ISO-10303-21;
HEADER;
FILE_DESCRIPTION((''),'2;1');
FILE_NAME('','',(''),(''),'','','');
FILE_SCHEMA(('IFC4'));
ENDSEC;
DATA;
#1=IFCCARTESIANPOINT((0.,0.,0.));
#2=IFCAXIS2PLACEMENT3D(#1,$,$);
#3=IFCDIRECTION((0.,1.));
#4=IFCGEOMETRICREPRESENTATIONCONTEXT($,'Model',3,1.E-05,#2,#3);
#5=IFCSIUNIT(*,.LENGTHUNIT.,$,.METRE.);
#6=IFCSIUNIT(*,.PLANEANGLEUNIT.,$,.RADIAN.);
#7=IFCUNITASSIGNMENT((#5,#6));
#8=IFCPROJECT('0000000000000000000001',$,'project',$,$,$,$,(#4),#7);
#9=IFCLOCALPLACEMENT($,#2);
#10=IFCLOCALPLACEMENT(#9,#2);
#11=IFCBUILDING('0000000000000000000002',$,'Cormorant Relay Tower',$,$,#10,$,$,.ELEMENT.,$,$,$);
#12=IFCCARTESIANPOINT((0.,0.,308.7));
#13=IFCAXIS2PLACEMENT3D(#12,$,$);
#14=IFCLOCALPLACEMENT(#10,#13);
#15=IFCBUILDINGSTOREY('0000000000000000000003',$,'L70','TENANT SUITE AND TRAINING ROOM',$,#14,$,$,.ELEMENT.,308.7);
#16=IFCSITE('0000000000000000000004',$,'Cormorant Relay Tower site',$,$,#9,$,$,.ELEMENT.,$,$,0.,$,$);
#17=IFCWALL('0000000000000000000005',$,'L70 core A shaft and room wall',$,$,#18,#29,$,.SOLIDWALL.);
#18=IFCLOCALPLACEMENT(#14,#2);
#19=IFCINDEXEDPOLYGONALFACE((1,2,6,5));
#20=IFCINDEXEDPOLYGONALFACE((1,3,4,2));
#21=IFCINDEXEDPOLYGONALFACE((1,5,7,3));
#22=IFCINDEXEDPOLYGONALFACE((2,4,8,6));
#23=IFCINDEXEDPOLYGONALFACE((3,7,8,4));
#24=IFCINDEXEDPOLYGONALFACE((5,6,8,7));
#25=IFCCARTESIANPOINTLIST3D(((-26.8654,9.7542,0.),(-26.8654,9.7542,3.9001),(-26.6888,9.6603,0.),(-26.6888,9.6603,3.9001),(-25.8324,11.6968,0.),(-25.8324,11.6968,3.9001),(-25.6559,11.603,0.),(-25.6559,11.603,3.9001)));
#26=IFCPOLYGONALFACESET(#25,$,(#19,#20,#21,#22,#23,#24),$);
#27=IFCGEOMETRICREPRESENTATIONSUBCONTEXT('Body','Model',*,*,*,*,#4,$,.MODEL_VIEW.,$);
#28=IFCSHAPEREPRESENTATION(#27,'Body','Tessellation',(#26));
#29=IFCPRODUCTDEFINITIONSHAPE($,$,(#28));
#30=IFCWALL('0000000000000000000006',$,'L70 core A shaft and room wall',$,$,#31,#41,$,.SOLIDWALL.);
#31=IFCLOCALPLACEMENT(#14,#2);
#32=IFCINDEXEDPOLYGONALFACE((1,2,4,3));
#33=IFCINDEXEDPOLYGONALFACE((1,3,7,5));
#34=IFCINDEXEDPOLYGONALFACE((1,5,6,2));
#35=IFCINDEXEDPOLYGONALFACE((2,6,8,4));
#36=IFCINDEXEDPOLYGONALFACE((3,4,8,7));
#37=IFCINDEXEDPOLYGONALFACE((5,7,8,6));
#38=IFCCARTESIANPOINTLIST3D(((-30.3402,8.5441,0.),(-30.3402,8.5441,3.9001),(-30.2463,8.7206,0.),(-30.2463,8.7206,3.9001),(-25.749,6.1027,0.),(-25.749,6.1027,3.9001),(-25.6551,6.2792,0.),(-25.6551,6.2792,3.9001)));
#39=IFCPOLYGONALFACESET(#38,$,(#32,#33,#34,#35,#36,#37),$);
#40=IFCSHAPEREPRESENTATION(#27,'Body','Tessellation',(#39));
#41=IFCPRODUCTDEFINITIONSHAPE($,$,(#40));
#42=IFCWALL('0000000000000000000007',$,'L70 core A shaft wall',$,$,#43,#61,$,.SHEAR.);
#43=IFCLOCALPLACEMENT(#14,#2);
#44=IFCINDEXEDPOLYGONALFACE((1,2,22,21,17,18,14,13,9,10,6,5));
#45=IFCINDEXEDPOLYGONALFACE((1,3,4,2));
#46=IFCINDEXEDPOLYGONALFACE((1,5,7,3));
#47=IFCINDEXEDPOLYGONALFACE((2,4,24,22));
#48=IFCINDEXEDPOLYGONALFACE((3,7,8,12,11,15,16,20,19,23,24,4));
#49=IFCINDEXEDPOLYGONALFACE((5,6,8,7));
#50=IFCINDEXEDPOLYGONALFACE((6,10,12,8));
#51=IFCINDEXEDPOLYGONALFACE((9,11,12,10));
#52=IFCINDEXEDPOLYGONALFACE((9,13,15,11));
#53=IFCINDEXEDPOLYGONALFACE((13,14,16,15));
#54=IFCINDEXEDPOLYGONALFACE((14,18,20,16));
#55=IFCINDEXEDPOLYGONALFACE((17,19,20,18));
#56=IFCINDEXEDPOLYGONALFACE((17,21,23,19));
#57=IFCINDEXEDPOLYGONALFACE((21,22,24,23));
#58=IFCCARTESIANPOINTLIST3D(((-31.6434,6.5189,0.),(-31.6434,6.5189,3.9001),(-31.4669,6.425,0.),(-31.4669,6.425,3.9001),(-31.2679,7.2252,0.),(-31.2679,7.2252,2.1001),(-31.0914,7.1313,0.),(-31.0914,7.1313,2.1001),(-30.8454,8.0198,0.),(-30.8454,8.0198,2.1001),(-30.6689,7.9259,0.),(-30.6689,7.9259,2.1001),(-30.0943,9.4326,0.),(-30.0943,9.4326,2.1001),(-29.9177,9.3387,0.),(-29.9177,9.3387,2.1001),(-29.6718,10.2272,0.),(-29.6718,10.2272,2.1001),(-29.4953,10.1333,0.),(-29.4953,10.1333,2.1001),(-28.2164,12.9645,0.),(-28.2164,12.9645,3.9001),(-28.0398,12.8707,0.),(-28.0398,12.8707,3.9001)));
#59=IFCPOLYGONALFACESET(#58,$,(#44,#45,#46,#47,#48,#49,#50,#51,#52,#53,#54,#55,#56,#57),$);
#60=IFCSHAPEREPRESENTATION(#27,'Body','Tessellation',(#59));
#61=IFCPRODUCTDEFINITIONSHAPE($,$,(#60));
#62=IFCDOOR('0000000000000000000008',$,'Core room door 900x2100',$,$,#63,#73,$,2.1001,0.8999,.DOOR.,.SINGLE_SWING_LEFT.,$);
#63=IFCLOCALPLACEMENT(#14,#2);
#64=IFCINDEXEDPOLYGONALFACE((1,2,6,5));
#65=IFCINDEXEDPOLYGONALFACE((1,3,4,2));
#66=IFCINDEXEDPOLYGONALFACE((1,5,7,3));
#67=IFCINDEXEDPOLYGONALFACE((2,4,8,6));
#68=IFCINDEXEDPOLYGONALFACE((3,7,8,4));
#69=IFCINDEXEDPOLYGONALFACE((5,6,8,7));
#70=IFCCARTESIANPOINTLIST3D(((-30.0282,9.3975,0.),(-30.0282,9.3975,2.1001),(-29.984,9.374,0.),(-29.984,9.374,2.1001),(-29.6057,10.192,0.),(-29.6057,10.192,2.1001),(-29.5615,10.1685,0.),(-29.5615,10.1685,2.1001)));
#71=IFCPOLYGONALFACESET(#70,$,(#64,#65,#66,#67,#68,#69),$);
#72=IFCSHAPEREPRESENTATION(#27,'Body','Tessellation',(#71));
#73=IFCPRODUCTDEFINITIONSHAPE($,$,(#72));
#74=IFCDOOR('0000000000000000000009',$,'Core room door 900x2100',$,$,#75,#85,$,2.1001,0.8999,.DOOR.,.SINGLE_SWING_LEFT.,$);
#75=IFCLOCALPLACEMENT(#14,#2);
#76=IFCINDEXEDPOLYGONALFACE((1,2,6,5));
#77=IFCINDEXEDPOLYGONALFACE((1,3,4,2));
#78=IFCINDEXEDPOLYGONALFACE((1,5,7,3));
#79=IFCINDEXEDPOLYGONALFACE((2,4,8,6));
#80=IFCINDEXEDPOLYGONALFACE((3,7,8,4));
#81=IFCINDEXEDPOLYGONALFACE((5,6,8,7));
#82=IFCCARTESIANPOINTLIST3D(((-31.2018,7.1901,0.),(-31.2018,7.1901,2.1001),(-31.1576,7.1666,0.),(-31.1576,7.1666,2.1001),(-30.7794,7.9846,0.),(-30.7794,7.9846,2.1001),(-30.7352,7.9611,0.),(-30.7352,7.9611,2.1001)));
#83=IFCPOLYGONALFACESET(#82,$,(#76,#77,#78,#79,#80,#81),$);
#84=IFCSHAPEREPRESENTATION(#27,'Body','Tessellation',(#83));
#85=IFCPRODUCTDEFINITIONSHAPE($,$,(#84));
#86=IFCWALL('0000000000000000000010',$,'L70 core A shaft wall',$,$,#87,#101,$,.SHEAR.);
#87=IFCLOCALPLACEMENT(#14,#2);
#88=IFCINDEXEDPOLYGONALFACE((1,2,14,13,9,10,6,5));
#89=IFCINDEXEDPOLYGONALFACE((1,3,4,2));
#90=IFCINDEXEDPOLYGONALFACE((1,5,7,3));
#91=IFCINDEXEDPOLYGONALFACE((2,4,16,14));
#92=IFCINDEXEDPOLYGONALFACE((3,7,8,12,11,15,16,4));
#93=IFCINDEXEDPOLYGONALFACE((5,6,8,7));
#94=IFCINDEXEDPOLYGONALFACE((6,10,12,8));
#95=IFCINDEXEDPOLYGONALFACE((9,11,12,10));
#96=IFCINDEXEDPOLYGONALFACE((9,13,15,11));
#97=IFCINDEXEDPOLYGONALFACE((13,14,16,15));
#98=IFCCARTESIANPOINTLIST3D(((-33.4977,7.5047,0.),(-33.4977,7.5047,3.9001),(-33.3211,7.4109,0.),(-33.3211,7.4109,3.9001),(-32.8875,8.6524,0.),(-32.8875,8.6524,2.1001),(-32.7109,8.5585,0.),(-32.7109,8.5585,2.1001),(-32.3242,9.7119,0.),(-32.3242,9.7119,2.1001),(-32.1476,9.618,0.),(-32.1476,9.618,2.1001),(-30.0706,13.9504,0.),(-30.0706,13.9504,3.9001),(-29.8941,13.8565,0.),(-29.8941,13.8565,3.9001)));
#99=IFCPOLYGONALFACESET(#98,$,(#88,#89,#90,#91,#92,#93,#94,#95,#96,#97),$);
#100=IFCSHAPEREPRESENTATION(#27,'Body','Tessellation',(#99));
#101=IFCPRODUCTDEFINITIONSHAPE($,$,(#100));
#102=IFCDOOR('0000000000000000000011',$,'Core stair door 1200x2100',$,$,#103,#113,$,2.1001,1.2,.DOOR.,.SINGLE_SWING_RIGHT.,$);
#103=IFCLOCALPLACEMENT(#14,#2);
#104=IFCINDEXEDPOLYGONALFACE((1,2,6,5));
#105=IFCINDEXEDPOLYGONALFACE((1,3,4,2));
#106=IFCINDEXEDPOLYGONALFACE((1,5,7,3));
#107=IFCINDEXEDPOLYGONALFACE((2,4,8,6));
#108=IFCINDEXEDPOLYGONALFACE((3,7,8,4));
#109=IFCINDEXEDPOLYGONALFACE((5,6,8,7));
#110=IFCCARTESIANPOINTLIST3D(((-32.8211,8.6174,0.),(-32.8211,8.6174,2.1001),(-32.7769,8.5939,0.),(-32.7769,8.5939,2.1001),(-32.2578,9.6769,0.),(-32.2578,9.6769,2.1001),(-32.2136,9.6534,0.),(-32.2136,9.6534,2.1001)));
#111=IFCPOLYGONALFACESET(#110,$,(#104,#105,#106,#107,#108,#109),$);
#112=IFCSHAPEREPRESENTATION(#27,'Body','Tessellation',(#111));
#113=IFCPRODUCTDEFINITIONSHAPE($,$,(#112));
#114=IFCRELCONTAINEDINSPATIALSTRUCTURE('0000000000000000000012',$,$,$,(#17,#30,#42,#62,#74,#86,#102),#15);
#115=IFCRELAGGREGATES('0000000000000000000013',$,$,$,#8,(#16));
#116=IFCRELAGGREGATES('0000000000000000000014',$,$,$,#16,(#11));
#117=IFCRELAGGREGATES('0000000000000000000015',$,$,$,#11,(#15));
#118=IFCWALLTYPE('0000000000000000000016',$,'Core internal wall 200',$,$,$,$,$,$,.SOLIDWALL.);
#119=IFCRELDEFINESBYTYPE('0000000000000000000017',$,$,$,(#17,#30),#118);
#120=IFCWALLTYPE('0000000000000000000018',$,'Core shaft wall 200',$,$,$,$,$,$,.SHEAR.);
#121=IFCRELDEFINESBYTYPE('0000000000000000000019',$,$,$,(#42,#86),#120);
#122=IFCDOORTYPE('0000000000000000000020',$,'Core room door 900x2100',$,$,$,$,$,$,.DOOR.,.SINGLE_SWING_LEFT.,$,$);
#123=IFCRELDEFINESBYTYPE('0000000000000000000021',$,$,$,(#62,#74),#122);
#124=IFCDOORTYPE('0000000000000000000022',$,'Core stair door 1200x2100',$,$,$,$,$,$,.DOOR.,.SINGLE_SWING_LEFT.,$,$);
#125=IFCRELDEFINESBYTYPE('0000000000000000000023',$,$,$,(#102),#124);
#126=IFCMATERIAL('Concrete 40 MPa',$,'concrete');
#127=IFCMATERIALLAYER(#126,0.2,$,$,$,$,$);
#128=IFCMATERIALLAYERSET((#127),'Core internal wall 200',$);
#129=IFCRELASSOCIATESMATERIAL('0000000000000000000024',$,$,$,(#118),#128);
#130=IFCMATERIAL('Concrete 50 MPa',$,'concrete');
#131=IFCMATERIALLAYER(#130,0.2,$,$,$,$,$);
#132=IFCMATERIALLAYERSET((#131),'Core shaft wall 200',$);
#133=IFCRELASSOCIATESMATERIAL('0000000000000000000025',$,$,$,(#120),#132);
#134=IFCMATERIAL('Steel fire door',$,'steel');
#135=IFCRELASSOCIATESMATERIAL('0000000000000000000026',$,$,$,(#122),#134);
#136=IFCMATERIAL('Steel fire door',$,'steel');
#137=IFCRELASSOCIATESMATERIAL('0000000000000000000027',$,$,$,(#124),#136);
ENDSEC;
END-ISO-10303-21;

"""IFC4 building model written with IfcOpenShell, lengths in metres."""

from ifc_helpers import new_model, si_unit, direction, frame, frame_2d, origin, place, context, subcontext, project, spatial, rectangle, extrude, material, layer, layer_set, type_object, element, fill, save


model = new_model("IFC4")

# Units and contexts
model_context = context("Model", 3, precision=1e-05, world=origin(), true_north=direction((0.0, 1.0)))
body_context = subcontext(model_context, "Body", "Model", "MODEL_VIEW")
ifc_project = project(units=[si_unit("LENGTHUNIT", "METRE"), si_unit("PLANEANGLEUNIT", "RADIAN")], contexts=[model_context])

# Site, building, storey
site_placement = place(None, origin())
site = spatial("IfcSite", under=ifc_project, at=site_placement, Name="Cormorant Relay Tower site", CompositionType="ELEMENT", RefElevation=0.0)
building_placement = place(site_placement, origin())
building = spatial("IfcBuilding", under=site, at=building_placement, Name="Cormorant Relay Tower", CompositionType="ELEMENT")
storey_placement = place(building_placement, frame((0.0, 0.0, 308.7)))
storey = spatial("IfcBuildingStorey", under=building, at=storey_placement, Name="L70", Description="TENANT SUITE AND TRAINING ROOM", CompositionType="ELEMENT", Elevation=308.7)

# Walls
ifc_material_1 = material(Name="Concrete 40 MPa", Category="concrete")
ifc_layer_1 = layer(ifc_material_1, 0.2)
ifc_layer_set_1 = layer_set([ifc_layer_1], Name="Core internal wall 200")
wall_type_1 = type_object("IfcWallType", Name="Core internal wall 200", PredefinedType="SOLIDWALL", material=ifc_layer_set_1)
wall_1_placement = place(storey_placement, frame((-25.7441, 11.6499, 0.0), z_axis=(0.0, 0.0, 1.0), x_axis=(-0.469488, -0.882939, 0.0)))
element("IfcWall", 1, at=wall_1_placement, inside=storey, type_object=wall_type_1, Name="L70 core A shaft and room wall", PredefinedType="SOLIDWALL", context=body_context, shape_type="SweptSolid", body=[
    extrude(rectangle(XDim=2.2002, YDim=0.2, at=frame_2d((1.1001, 0.0))), origin(), (0.0, 0.0, 1.0), 3.9001),
])
wall_2_placement = place(storey_placement, frame((-25.7019, 6.1909, 0.0), z_axis=(0.0, 0.0, 1.0), x_axis=(-0.882935, 0.469496, 0.0)))
element("IfcWall", 2, at=wall_2_placement, inside=storey, type_object=wall_type_1, Name="L70 core A shaft and room wall", PredefinedType="SOLIDWALL", context=body_context, shape_type="SweptSolid", body=[
    extrude(rectangle(XDim=5.2, YDim=0.2, at=frame_2d((2.6001, 0.0))), origin(), (0.0, 0.0, 1.0), 3.9001),
])

# Wall, openings, doors
ifc_material_2 = material(Name="Concrete 50 MPa", Category="concrete")
ifc_layer_2 = layer(ifc_material_2, 0.2)
ifc_layer_set_2 = layer_set([ifc_layer_2], Name="Core shaft wall 200")
wall_type_2 = type_object("IfcWallType", Name="Core shaft wall 200", PredefinedType="SHEAR", material=ifc_layer_set_2)
wall_3_placement = place(storey_placement, frame((-28.1282, 12.9175, 0.0), z_axis=(0.0, 0.0, 1.0), x_axis=(-0.469454, -0.882957, 0.0)))
wall_3 = element("IfcWall", 3, at=wall_3_placement, inside=storey, type_object=wall_type_2, Name="L70 core A shaft wall", PredefinedType="SHEAR", context=body_context, shape_type="SweptSolid", body=[
    extrude(rectangle(XDim=7.3, YDim=0.2, at=frame_2d((3.6499, 0.0))), origin(), (0.0, 0.0, 1.0), 3.9001),
])
opening_1_placement = place(wall_3_placement, frame((3.1001, 0.0, 0.0)))
opening_1 = element("IfcOpeningElement", 4, at=opening_1_placement, cuts=wall_3, PredefinedType="OPENING", context=body_context, shape_type="SweptSolid", body=[
    extrude(rectangle(XDim=0.8999, YDim=2.1001, at=frame_2d((0.45, 1.05))), frame((0.0, 0.1099, 0.0), z_axis=(0.0, -1.0, 0.0), x_axis=(1.0, 0.0, 0.0)), (0.0, 0.0, 1.0), 0.22),
])
opening_2_placement = place(wall_3_placement, frame((5.6001, 0.0, 0.0)))
opening_2 = element("IfcOpeningElement", 5, at=opening_2_placement, cuts=wall_3, PredefinedType="OPENING", context=body_context, shape_type="SweptSolid", body=[
    extrude(rectangle(XDim=0.8999, YDim=2.1001, at=frame_2d((0.45, 1.05))), frame((0.0, 0.1099, 0.0), z_axis=(0.0, -1.0, 0.0), x_axis=(1.0, 0.0, 0.0)), (0.0, 0.0, 1.0), 0.22),
])
ifc_material_3 = material(Name="Steel fire door", Category="steel")
door_type_1 = type_object("IfcDoorType", Name="Core room door 900x2100", OperationType="SINGLE_SWING_LEFT", PredefinedType="DOOR", material=ifc_material_3)
door_1_placement = place(opening_1_placement, origin())
door_1 = element("IfcDoor", 6, at=door_1_placement, inside=storey, type_object=door_type_1, Name="Core room door 900x2100", OperationType="SINGLE_SWING_LEFT", OverallHeight=2.1001, OverallWidth=0.8999, PredefinedType="DOOR", context=body_context, shape_type="SweptSolid", body=[
    extrude(rectangle(XDim=0.8999, YDim=2.1001, at=frame_2d((0.45, 1.05))), frame((0.0, 0.0249, 0.0), z_axis=(0.0, -1.0, 0.0), x_axis=(1.0, 0.0, 0.0)), (0.0, 0.0, 1.0), 0.05),
])
fill(opening_1, door_1)
door_2_placement = place(opening_2_placement, origin())
door_2 = element("IfcDoor", 7, at=door_2_placement, inside=storey, type_object=door_type_1, Name="Core room door 900x2100", OperationType="SINGLE_SWING_LEFT", OverallHeight=2.1001, OverallWidth=0.8999, PredefinedType="DOOR", context=body_context, shape_type="SweptSolid", body=[
    extrude(rectangle(XDim=0.8999, YDim=2.1001, at=frame_2d((0.45, 1.05))), frame((0.0, 0.0249, 0.0), z_axis=(0.0, -1.0, 0.0), x_axis=(1.0, 0.0, 0.0)), (0.0, 0.0, 1.0), 0.05),
])
fill(opening_2, door_2)

# Wall, opening, door
wall_4_placement = place(storey_placement, frame((-29.9824, 13.9033, 0.0), z_axis=(0.0, 0.0, 1.0), x_axis=(-0.469454, -0.882957, 0.0)))
wall_4 = element("IfcWall", 8, at=wall_4_placement, inside=storey, type_object=wall_type_2, Name="L70 core A shaft wall", PredefinedType="SHEAR", context=body_context, shape_type="SweptSolid", body=[
    extrude(rectangle(XDim=7.3, YDim=0.2, at=frame_2d((3.6499, 0.0))), origin(), (0.0, 0.0, 1.0), 3.9001),
])
opening_3_placement = place(wall_4_placement, frame((4.8, 0.0, 0.0)))
opening_3 = element("IfcOpeningElement", 9, at=opening_3_placement, cuts=wall_4, PredefinedType="OPENING", context=body_context, shape_type="SweptSolid", body=[
    extrude(rectangle(XDim=1.2, YDim=2.1001, at=frame_2d((0.6001, 1.05))), frame((0.0, 0.1099, 0.0), z_axis=(0.0, -1.0, 0.0), x_axis=(1.0, 0.0, 0.0)), (0.0, 0.0, 1.0), 0.22),
])
ifc_material_4 = material(Name="Steel fire door", Category="steel")
door_type_2 = type_object("IfcDoorType", Name="Core stair door 1200x2100", OperationType="SINGLE_SWING_LEFT", PredefinedType="DOOR", material=ifc_material_4)
door_3_placement = place(opening_3_placement, frame((1.2, 0.0, 0.0), z_axis=(0.0, 0.0, 1.0), x_axis=(-1.0, 0.0, 0.0)))
door_3 = element("IfcDoor", 10, at=door_3_placement, inside=storey, type_object=door_type_2, Name="Core stair door 1200x2100", OperationType="SINGLE_SWING_RIGHT", OverallHeight=2.1001, OverallWidth=1.2, PredefinedType="DOOR", context=body_context, shape_type="SweptSolid", body=[
    extrude(rectangle(XDim=1.2, YDim=2.1001, at=frame_2d((0.6001, 1.05))), frame((0.0, 0.0249, 0.0), z_axis=(0.0, -1.0, 0.0), x_axis=(1.0, 0.0, 0.0)), (0.0, 0.0, 1.0), 0.05),
])
fill(opening_3, door_3)

save(model, "model.ifc")
